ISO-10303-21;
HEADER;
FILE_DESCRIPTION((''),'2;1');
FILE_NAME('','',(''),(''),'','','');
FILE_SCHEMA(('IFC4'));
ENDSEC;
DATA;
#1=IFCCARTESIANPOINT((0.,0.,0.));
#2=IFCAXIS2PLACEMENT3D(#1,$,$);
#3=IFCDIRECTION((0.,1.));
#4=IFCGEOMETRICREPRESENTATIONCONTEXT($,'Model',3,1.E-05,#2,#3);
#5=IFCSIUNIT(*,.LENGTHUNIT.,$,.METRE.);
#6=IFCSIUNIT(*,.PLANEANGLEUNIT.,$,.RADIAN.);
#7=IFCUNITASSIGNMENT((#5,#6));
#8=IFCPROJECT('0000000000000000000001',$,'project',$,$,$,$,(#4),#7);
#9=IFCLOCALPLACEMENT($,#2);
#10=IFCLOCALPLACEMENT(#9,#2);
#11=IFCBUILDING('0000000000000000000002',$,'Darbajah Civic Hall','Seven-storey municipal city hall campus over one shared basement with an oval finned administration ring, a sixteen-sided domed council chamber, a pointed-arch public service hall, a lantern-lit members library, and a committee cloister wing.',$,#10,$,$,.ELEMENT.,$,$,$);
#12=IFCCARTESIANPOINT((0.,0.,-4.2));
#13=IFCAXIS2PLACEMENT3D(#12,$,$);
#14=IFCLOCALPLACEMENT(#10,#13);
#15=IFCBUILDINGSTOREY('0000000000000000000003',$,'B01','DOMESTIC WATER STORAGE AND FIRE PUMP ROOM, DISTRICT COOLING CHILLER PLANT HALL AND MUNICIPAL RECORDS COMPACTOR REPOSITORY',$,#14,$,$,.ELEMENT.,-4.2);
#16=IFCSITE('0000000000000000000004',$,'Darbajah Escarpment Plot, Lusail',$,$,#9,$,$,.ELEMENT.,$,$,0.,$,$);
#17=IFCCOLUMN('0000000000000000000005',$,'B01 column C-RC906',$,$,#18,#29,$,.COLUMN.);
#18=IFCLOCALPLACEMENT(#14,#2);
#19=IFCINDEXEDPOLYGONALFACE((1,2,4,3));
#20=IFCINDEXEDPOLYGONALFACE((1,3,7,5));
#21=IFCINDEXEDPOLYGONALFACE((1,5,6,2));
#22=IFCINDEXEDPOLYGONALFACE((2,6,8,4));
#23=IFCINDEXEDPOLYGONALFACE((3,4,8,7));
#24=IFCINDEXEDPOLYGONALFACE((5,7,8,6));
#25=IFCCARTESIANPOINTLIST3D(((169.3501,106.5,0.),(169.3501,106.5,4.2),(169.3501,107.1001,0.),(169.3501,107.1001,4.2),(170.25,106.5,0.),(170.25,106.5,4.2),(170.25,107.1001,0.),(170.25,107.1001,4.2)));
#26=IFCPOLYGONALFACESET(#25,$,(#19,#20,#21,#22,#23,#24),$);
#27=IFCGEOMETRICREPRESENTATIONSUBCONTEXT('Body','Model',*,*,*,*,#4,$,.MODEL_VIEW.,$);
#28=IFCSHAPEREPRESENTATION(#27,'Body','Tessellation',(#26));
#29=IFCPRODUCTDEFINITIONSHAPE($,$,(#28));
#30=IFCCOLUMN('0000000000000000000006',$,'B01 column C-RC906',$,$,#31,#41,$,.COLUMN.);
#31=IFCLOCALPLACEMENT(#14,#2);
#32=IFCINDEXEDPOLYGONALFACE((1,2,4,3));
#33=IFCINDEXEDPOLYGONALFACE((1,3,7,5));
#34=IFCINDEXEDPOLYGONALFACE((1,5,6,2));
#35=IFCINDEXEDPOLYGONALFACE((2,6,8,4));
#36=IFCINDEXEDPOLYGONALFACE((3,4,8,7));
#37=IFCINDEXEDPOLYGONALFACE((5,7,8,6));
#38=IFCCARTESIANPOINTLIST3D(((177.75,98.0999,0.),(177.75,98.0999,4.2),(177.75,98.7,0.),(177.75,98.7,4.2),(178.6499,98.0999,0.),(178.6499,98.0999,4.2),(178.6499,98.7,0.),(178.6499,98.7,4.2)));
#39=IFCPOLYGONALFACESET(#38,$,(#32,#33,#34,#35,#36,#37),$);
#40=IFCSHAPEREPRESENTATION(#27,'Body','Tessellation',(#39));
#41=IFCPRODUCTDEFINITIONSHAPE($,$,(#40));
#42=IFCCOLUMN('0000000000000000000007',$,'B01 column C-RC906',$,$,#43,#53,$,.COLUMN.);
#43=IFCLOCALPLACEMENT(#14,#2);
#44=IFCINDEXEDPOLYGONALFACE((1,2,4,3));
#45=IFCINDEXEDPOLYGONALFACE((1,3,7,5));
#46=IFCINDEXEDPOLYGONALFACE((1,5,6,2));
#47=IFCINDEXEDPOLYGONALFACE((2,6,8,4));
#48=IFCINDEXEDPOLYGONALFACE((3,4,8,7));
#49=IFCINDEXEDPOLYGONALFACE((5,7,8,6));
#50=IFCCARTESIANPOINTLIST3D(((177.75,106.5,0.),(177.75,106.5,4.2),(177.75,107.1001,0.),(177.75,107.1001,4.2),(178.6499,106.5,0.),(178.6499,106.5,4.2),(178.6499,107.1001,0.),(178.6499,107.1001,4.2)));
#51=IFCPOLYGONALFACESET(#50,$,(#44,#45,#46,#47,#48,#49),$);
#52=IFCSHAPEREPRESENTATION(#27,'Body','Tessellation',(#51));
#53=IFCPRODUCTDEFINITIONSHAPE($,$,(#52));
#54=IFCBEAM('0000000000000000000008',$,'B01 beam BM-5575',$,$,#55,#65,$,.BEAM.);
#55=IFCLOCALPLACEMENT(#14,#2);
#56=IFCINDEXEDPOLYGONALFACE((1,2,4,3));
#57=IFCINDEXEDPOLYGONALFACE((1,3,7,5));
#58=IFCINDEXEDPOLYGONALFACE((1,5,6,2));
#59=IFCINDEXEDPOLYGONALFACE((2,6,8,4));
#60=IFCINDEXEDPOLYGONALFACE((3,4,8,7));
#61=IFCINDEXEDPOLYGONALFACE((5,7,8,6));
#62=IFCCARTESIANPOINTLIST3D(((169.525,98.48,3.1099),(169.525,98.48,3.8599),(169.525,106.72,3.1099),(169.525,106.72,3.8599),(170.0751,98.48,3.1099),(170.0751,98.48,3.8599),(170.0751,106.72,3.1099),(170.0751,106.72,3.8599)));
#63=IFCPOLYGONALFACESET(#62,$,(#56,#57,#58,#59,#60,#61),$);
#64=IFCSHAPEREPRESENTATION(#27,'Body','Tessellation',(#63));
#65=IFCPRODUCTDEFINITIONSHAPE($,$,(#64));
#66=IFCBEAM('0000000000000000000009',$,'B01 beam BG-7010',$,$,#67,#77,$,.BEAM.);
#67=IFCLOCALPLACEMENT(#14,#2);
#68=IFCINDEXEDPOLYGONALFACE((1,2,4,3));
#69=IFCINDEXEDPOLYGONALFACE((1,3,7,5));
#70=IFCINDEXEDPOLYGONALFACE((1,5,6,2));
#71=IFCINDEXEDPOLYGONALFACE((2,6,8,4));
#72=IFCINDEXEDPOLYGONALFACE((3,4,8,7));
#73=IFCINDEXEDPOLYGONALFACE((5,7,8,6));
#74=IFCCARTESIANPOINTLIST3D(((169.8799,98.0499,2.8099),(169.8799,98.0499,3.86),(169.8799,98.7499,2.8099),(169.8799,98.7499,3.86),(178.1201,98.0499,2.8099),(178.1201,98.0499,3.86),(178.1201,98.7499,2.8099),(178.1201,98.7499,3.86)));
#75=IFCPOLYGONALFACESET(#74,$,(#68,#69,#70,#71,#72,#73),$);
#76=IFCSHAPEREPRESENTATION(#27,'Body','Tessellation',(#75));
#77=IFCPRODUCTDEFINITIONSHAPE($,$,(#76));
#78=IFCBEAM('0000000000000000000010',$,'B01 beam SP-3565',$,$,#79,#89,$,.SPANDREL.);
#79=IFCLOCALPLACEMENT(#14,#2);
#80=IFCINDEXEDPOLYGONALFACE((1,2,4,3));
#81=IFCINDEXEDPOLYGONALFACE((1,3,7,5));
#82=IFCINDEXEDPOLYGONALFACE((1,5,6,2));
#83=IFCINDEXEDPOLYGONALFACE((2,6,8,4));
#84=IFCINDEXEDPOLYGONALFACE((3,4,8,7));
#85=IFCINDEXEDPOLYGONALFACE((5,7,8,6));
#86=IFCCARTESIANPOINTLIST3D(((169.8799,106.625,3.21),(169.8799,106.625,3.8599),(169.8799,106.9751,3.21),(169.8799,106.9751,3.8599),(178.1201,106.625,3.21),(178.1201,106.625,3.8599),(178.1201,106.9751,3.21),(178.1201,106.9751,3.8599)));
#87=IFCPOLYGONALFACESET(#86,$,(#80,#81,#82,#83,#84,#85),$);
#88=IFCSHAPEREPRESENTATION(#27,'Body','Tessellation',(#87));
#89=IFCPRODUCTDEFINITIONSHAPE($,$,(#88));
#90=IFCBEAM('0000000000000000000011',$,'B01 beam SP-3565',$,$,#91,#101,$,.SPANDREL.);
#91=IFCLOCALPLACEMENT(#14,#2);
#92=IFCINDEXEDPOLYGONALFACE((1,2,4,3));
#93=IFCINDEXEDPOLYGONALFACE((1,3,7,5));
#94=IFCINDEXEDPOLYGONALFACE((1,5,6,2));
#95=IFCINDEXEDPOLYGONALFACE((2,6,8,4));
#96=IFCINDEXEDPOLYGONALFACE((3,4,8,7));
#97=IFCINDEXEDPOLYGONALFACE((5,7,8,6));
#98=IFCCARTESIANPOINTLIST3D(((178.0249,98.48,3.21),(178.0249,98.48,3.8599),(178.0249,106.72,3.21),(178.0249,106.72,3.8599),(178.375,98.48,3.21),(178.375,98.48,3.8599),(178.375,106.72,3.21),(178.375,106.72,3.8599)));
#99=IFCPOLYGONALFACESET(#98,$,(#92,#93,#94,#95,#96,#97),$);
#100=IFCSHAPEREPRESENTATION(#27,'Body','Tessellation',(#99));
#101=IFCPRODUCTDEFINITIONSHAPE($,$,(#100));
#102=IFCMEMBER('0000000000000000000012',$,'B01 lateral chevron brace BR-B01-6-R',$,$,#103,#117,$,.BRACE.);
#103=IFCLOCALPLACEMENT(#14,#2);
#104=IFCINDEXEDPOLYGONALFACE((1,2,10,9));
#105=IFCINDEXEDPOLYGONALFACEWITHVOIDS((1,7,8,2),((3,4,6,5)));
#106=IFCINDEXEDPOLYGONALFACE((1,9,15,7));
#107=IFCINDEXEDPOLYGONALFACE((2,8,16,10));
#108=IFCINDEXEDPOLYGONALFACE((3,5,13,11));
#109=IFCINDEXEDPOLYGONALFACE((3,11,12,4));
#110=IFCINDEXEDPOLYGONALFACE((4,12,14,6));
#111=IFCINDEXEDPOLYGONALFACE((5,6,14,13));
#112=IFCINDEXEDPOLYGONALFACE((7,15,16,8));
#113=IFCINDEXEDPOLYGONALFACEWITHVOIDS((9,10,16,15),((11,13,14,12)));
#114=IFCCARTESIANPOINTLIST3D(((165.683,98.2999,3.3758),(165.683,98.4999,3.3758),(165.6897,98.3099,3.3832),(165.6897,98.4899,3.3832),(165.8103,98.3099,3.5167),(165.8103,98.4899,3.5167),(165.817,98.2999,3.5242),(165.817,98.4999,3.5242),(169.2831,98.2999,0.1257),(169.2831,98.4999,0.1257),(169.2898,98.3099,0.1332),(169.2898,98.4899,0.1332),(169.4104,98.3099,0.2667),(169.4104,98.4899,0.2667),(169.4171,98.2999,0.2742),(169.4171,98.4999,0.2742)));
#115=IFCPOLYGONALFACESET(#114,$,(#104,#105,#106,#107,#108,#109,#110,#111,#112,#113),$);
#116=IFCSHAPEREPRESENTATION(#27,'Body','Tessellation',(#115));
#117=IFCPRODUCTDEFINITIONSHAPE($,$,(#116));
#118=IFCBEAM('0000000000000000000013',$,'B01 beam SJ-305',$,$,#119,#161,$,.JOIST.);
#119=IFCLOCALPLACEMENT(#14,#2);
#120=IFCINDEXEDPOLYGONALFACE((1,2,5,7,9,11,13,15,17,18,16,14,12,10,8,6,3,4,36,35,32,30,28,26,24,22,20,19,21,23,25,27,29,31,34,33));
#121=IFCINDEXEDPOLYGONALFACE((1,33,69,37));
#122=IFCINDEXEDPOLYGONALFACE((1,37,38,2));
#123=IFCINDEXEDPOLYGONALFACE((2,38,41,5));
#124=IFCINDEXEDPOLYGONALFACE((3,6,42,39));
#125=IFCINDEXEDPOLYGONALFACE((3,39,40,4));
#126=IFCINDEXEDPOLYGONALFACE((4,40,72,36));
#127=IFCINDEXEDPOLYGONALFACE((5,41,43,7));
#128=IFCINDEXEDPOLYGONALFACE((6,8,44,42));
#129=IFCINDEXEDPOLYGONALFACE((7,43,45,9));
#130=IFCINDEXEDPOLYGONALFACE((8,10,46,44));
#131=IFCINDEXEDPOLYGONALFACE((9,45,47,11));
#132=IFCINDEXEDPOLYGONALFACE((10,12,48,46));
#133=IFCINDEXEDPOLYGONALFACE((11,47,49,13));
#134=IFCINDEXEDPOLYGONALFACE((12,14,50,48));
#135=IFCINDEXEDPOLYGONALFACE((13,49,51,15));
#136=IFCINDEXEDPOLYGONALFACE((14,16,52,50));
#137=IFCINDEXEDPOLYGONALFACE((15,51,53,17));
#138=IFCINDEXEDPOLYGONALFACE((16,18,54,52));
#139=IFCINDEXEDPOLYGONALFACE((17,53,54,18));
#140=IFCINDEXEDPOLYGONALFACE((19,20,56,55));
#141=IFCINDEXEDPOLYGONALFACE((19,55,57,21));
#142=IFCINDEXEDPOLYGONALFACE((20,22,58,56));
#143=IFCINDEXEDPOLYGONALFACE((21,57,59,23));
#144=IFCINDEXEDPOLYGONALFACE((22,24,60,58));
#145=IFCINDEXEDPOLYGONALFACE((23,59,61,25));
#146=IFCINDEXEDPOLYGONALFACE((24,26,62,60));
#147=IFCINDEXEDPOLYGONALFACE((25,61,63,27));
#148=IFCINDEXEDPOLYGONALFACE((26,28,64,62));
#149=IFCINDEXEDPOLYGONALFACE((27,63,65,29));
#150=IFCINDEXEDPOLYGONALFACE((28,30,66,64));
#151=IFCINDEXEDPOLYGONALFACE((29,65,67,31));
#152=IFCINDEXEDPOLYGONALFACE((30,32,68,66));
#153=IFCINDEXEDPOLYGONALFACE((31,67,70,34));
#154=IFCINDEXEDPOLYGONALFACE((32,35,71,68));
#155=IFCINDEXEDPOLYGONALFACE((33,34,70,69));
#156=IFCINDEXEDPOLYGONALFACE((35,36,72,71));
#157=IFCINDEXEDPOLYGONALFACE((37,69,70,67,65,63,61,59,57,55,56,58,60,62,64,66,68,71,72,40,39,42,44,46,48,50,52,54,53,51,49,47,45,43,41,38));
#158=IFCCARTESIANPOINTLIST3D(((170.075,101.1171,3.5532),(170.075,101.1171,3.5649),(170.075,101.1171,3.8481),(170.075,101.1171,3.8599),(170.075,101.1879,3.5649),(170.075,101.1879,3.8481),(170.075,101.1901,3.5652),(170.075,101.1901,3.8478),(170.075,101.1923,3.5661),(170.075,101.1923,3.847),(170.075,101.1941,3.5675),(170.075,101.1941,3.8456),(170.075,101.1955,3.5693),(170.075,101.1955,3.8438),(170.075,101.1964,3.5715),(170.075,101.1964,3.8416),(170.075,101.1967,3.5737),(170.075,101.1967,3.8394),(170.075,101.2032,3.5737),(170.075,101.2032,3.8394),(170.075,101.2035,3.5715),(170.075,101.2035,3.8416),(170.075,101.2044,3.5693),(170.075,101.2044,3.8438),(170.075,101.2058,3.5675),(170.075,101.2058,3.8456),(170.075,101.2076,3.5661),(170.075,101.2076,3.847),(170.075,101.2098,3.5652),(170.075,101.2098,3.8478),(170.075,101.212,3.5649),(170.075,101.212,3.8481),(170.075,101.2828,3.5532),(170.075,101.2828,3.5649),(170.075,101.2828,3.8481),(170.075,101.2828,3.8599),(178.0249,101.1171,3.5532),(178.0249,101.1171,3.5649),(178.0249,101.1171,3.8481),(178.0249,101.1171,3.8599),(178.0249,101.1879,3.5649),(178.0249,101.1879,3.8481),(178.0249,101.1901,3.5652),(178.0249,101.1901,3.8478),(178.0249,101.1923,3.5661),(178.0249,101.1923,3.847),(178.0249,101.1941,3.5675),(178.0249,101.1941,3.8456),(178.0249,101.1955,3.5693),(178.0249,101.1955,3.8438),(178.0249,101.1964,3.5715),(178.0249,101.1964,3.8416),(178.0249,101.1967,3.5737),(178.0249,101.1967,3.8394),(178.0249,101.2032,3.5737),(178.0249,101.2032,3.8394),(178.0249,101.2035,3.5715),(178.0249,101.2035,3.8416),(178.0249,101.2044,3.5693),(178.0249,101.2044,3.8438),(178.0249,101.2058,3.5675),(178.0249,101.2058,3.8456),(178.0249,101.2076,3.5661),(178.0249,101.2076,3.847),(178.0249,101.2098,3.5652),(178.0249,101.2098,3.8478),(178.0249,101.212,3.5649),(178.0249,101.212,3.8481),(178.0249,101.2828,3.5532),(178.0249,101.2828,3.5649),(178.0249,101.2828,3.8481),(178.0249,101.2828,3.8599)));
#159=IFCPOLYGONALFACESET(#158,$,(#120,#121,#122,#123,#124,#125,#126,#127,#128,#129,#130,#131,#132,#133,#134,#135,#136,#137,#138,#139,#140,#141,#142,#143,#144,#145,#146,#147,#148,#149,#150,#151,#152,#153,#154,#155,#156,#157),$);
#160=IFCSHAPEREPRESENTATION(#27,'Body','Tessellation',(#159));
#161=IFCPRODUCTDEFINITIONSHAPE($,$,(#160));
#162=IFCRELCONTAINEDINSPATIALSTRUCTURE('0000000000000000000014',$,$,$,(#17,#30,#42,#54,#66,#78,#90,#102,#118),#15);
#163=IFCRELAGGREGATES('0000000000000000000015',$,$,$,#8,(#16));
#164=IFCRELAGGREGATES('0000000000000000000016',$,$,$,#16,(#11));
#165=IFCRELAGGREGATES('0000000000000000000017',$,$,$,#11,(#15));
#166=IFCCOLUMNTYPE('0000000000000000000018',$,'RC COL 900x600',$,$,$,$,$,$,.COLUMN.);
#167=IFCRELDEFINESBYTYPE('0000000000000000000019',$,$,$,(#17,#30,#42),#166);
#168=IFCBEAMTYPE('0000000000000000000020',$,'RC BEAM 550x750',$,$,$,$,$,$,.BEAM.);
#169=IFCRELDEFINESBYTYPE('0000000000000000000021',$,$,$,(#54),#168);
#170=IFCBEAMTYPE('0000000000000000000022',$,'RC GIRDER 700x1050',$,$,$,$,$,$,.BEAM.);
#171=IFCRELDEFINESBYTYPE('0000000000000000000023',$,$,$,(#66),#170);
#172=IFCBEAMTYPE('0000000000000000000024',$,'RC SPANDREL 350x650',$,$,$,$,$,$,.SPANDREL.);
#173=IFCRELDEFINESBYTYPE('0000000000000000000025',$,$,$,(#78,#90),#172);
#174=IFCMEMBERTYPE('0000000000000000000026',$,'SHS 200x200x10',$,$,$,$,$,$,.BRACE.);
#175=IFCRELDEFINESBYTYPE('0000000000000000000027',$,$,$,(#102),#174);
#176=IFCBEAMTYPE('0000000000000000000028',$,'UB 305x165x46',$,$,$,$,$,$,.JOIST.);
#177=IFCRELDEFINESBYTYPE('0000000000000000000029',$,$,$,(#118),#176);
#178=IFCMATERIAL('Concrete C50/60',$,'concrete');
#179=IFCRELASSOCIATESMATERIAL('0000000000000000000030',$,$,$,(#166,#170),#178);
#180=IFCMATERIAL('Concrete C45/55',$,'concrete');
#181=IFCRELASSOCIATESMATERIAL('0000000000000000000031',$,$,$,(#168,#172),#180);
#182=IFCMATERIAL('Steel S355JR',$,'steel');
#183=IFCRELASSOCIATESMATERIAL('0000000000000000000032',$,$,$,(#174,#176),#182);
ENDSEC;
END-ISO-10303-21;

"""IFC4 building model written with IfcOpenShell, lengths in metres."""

from ifc_helpers import new_model, si_unit, direction, frame, origin, origin_2d, place, context, subcontext, project, spatial, rectangle, hollow_rectangle, i_section, extrude, material, material_profile, profile_set, type_object, element, save


model = new_model("IFC4")

# Units and contexts
model_context = context("Model", 3, precision=1e-05, world=origin(), true_north=direction((0.0, 1.0)))
body_context = subcontext(model_context, "Body", "Model", "MODEL_VIEW")
ifc_project = project(units=[si_unit("LENGTHUNIT", "METRE"), si_unit("PLANEANGLEUNIT", "RADIAN")], contexts=[model_context])

# Site, building, storey
site_placement = place(None, origin())
site = spatial("IfcSite", under=ifc_project, at=site_placement, Name="Darbajah Escarpment Plot, Lusail", CompositionType="ELEMENT", RefElevation=0.0)
building_placement = place(site_placement, origin())
building = spatial("IfcBuilding", under=site, at=building_placement, Name="Darbajah Civic Hall", Description="Seven-storey municipal city hall campus over one shared basement with an oval finned administration ring, a sixteen-sided domed council chamber, a pointed-arch public service hall, a lantern-lit members library, and a committee cloister wing.", CompositionType="ELEMENT")
storey_placement = place(building_placement, frame((0.0, 0.0, -4.2)))
storey = spatial("IfcBuildingStorey", under=building, at=storey_placement, Name="B01", Description="DOMESTIC WATER STORAGE AND FIRE PUMP ROOM, DISTRICT COOLING CHILLER PLANT HALL AND MUNICIPAL RECORDS COMPACTOR REPOSITORY", CompositionType="ELEMENT", Elevation=-4.2)

# Shared definitions
ifc_material_1 = material(Name="Concrete C45/55", Category="concrete")

# Columns
ifc_material_2 = material(Name="Concrete C50/60", Category="concrete")
ifc_material_profile_1 = material_profile(ifc_material_2, rectangle(XDim=0.8999, YDim=0.6001, at=origin_2d()), Name="RC COL 900x600")
ifc_profile_set_1 = profile_set([ifc_material_profile_1], Name="Concrete C50/60")
column_type = type_object("IfcColumnType", Name="RC COL 900x600", PredefinedType="COLUMN", material=ifc_profile_set_1)
for number, where, z_axis, x_axis, name in (
    (1, (169.8, 106.8, 0.0), (0.0, 0.0, 1.0), (1.0, 0.0, 0.0), "B01 column C-RC906"),
    (2, (178.2, 98.3999, 0.0), (0.0, 0.0, 1.0), (1.0, 0.0, 0.0), "B01 column C-RC906"),
    (3, (178.2, 106.8, 0.0), (0.0, 0.0, 1.0), (1.0, 0.0, 0.0), "B01 column C-RC906"),
):
    element("IfcColumn", number, at=place(storey_placement, frame(where, z_axis=z_axis, x_axis=x_axis)), inside=storey, type_object=column_type, Name=name, PredefinedType="COLUMN", context=body_context, shape_type="SweptSolid", body=[
        extrude(rectangle(XDim=0.8999, YDim=0.6001, at=origin_2d()), origin(), (0.0, 0.0, 1.0), 4.2),
    ])

# Beams
ifc_material_profile_2 = material_profile(ifc_material_1, rectangle(XDim=0.55, YDim=0.75, at=origin_2d()), Name="RC BEAM 550x750")
ifc_profile_set_2 = profile_set([ifc_material_profile_2], Name="Concrete C45/55")
beam_type_1 = type_object("IfcBeamType", Name="RC BEAM 550x750", PredefinedType="BEAM", material=ifc_profile_set_2)
beam_1_placement = place(storey_placement, frame((169.8, 98.48, 3.4849), z_axis=(0.0, 1.0, 0.0), x_axis=(-1.0, 0.0, 0.0)))
element("IfcBeam", 4, at=beam_1_placement, inside=storey, type_object=beam_type_1, Name="B01 beam BM-5575", PredefinedType="BEAM", context=body_context, shape_type="SweptSolid", body=[
    extrude(rectangle(XDim=0.55, YDim=0.75, at=origin_2d()), origin(), (0.0, 0.0, 1.0), 8.24),
])
ifc_material_profile_3 = material_profile(ifc_material_2, rectangle(XDim=0.7, YDim=1.05, at=origin_2d()), Name="RC GIRDER 700x1050")
ifc_profile_set_3 = profile_set([ifc_material_profile_3], Name="Concrete C50/60")
beam_type_2 = type_object("IfcBeamType", Name="RC GIRDER 700x1050", PredefinedType="BEAM", material=ifc_profile_set_3)
beam_2_placement = place(storey_placement, frame((169.8799, 98.3999, 3.335), z_axis=(1.0, 0.0, 0.0), x_axis=(0.0, 1.0, 0.0)))
element("IfcBeam", 5, at=beam_2_placement, inside=storey, type_object=beam_type_2, Name="B01 beam BG-7010", PredefinedType="BEAM", context=body_context, shape_type="SweptSolid", body=[
    extrude(rectangle(XDim=0.7, YDim=1.05, at=origin_2d()), origin(), (0.0, 0.0, 1.0), 8.2402),
])
ifc_material_profile_4 = material_profile(ifc_material_1, rectangle(XDim=0.3501, YDim=0.6499, at=origin_2d()), Name="RC SPANDREL 350x650")
ifc_profile_set_4 = profile_set([ifc_material_profile_4], Name="Concrete C45/55")
beam_type_3 = type_object("IfcBeamType", Name="RC SPANDREL 350x650", PredefinedType="SPANDREL", material=ifc_profile_set_4)
beam_3_placement = place(storey_placement, frame((169.8799, 106.8, 3.5349), z_axis=(1.0, 0.0, 0.0), x_axis=(0.0, 1.0, 0.0)))
element("IfcBeam", 6, at=beam_3_placement, inside=storey, type_object=beam_type_3, Name="B01 beam SP-3565", PredefinedType="SPANDREL", context=body_context, shape_type="SweptSolid", body=[
    extrude(rectangle(XDim=0.3501, YDim=0.6499, at=origin_2d()), origin(), (0.0, 0.0, 1.0), 8.2402),
])
beam_4_placement = place(storey_placement, frame((178.2, 98.48, 3.5349), z_axis=(0.0, 1.0, 0.0), x_axis=(-1.0, 0.0, 0.0)))
element("IfcBeam", 7, at=beam_4_placement, inside=storey, type_object=beam_type_3, Name="B01 beam SP-3565", PredefinedType="SPANDREL", context=body_context, shape_type="SweptSolid", body=[
    extrude(rectangle(XDim=0.3501, YDim=0.6499, at=origin_2d()), origin(), (0.0, 0.0, 1.0), 8.24),
])

# Member
ifc_material_3 = material(Name="Steel S355JR", Category="steel")
ifc_material_profile_5 = material_profile(ifc_material_3, hollow_rectangle(XDim=0.2, YDim=0.2, WallThickness=0.01, at=origin_2d()), Name="SHS 200x200x10")
ifc_profile_set_5 = profile_set([ifc_material_profile_5], Name="Steel S355JR")
member_type = type_object("IfcMemberType", Name="SHS 200x200x10", PredefinedType="BRACE", material=ifc_profile_set_5)
member_placement = place(storey_placement, frame((169.3501, 98.3999, 0.2), z_axis=(-0.742277, 0.0, 0.670093), x_axis=(0.0, -1.0, 0.0)))
element("IfcMember", 8, at=member_placement, inside=storey, type_object=member_type, Name="B01 lateral chevron brace BR-B01-6-R", PredefinedType="BRACE", context=body_context, shape_type="SweptSolid", body=[
    extrude(hollow_rectangle(XDim=0.2, YDim=0.2, WallThickness=0.01, at=origin_2d()), origin(), (0.0, 0.0, 1.0), 4.8501),
])

# Beam
ifc_material_profile_6 = material_profile(ifc_material_3, i_section(OverallWidth=0.1658, OverallDepth=0.3066, WebThickness=0.0066, FlangeThickness=0.0117, FilletRadius=0.0088, at=origin_2d()), Name="UB 305x165x46")
ifc_profile_set_6 = profile_set([ifc_material_profile_6], Name="Steel S355JR")
beam_type_4 = type_object("IfcBeamType", Name="UB 305x165x46", PredefinedType="JOIST", material=ifc_profile_set_6)
for number, where, z_axis, x_axis, name in (
    (9, (170.075, 101.2, 3.7065), (1.0, 0.0, 0.0), (0.0, 1.0, 0.0), "B01 beam SJ-305"),
):
    element("IfcBeam", number, at=place(storey_placement, frame(where, z_axis=z_axis, x_axis=x_axis)), inside=storey, type_object=beam_type_4, Name=name, PredefinedType="JOIST", context=body_context, shape_type="SweptSolid", body=[
        extrude(i_section(OverallWidth=0.1658, OverallDepth=0.3066, WebThickness=0.0066, FlangeThickness=0.0117, FilletRadius=0.0088, at=origin_2d()), origin(), (0.0, 0.0, 1.0), 7.95),
    ])

save(model, "model.ifc")
